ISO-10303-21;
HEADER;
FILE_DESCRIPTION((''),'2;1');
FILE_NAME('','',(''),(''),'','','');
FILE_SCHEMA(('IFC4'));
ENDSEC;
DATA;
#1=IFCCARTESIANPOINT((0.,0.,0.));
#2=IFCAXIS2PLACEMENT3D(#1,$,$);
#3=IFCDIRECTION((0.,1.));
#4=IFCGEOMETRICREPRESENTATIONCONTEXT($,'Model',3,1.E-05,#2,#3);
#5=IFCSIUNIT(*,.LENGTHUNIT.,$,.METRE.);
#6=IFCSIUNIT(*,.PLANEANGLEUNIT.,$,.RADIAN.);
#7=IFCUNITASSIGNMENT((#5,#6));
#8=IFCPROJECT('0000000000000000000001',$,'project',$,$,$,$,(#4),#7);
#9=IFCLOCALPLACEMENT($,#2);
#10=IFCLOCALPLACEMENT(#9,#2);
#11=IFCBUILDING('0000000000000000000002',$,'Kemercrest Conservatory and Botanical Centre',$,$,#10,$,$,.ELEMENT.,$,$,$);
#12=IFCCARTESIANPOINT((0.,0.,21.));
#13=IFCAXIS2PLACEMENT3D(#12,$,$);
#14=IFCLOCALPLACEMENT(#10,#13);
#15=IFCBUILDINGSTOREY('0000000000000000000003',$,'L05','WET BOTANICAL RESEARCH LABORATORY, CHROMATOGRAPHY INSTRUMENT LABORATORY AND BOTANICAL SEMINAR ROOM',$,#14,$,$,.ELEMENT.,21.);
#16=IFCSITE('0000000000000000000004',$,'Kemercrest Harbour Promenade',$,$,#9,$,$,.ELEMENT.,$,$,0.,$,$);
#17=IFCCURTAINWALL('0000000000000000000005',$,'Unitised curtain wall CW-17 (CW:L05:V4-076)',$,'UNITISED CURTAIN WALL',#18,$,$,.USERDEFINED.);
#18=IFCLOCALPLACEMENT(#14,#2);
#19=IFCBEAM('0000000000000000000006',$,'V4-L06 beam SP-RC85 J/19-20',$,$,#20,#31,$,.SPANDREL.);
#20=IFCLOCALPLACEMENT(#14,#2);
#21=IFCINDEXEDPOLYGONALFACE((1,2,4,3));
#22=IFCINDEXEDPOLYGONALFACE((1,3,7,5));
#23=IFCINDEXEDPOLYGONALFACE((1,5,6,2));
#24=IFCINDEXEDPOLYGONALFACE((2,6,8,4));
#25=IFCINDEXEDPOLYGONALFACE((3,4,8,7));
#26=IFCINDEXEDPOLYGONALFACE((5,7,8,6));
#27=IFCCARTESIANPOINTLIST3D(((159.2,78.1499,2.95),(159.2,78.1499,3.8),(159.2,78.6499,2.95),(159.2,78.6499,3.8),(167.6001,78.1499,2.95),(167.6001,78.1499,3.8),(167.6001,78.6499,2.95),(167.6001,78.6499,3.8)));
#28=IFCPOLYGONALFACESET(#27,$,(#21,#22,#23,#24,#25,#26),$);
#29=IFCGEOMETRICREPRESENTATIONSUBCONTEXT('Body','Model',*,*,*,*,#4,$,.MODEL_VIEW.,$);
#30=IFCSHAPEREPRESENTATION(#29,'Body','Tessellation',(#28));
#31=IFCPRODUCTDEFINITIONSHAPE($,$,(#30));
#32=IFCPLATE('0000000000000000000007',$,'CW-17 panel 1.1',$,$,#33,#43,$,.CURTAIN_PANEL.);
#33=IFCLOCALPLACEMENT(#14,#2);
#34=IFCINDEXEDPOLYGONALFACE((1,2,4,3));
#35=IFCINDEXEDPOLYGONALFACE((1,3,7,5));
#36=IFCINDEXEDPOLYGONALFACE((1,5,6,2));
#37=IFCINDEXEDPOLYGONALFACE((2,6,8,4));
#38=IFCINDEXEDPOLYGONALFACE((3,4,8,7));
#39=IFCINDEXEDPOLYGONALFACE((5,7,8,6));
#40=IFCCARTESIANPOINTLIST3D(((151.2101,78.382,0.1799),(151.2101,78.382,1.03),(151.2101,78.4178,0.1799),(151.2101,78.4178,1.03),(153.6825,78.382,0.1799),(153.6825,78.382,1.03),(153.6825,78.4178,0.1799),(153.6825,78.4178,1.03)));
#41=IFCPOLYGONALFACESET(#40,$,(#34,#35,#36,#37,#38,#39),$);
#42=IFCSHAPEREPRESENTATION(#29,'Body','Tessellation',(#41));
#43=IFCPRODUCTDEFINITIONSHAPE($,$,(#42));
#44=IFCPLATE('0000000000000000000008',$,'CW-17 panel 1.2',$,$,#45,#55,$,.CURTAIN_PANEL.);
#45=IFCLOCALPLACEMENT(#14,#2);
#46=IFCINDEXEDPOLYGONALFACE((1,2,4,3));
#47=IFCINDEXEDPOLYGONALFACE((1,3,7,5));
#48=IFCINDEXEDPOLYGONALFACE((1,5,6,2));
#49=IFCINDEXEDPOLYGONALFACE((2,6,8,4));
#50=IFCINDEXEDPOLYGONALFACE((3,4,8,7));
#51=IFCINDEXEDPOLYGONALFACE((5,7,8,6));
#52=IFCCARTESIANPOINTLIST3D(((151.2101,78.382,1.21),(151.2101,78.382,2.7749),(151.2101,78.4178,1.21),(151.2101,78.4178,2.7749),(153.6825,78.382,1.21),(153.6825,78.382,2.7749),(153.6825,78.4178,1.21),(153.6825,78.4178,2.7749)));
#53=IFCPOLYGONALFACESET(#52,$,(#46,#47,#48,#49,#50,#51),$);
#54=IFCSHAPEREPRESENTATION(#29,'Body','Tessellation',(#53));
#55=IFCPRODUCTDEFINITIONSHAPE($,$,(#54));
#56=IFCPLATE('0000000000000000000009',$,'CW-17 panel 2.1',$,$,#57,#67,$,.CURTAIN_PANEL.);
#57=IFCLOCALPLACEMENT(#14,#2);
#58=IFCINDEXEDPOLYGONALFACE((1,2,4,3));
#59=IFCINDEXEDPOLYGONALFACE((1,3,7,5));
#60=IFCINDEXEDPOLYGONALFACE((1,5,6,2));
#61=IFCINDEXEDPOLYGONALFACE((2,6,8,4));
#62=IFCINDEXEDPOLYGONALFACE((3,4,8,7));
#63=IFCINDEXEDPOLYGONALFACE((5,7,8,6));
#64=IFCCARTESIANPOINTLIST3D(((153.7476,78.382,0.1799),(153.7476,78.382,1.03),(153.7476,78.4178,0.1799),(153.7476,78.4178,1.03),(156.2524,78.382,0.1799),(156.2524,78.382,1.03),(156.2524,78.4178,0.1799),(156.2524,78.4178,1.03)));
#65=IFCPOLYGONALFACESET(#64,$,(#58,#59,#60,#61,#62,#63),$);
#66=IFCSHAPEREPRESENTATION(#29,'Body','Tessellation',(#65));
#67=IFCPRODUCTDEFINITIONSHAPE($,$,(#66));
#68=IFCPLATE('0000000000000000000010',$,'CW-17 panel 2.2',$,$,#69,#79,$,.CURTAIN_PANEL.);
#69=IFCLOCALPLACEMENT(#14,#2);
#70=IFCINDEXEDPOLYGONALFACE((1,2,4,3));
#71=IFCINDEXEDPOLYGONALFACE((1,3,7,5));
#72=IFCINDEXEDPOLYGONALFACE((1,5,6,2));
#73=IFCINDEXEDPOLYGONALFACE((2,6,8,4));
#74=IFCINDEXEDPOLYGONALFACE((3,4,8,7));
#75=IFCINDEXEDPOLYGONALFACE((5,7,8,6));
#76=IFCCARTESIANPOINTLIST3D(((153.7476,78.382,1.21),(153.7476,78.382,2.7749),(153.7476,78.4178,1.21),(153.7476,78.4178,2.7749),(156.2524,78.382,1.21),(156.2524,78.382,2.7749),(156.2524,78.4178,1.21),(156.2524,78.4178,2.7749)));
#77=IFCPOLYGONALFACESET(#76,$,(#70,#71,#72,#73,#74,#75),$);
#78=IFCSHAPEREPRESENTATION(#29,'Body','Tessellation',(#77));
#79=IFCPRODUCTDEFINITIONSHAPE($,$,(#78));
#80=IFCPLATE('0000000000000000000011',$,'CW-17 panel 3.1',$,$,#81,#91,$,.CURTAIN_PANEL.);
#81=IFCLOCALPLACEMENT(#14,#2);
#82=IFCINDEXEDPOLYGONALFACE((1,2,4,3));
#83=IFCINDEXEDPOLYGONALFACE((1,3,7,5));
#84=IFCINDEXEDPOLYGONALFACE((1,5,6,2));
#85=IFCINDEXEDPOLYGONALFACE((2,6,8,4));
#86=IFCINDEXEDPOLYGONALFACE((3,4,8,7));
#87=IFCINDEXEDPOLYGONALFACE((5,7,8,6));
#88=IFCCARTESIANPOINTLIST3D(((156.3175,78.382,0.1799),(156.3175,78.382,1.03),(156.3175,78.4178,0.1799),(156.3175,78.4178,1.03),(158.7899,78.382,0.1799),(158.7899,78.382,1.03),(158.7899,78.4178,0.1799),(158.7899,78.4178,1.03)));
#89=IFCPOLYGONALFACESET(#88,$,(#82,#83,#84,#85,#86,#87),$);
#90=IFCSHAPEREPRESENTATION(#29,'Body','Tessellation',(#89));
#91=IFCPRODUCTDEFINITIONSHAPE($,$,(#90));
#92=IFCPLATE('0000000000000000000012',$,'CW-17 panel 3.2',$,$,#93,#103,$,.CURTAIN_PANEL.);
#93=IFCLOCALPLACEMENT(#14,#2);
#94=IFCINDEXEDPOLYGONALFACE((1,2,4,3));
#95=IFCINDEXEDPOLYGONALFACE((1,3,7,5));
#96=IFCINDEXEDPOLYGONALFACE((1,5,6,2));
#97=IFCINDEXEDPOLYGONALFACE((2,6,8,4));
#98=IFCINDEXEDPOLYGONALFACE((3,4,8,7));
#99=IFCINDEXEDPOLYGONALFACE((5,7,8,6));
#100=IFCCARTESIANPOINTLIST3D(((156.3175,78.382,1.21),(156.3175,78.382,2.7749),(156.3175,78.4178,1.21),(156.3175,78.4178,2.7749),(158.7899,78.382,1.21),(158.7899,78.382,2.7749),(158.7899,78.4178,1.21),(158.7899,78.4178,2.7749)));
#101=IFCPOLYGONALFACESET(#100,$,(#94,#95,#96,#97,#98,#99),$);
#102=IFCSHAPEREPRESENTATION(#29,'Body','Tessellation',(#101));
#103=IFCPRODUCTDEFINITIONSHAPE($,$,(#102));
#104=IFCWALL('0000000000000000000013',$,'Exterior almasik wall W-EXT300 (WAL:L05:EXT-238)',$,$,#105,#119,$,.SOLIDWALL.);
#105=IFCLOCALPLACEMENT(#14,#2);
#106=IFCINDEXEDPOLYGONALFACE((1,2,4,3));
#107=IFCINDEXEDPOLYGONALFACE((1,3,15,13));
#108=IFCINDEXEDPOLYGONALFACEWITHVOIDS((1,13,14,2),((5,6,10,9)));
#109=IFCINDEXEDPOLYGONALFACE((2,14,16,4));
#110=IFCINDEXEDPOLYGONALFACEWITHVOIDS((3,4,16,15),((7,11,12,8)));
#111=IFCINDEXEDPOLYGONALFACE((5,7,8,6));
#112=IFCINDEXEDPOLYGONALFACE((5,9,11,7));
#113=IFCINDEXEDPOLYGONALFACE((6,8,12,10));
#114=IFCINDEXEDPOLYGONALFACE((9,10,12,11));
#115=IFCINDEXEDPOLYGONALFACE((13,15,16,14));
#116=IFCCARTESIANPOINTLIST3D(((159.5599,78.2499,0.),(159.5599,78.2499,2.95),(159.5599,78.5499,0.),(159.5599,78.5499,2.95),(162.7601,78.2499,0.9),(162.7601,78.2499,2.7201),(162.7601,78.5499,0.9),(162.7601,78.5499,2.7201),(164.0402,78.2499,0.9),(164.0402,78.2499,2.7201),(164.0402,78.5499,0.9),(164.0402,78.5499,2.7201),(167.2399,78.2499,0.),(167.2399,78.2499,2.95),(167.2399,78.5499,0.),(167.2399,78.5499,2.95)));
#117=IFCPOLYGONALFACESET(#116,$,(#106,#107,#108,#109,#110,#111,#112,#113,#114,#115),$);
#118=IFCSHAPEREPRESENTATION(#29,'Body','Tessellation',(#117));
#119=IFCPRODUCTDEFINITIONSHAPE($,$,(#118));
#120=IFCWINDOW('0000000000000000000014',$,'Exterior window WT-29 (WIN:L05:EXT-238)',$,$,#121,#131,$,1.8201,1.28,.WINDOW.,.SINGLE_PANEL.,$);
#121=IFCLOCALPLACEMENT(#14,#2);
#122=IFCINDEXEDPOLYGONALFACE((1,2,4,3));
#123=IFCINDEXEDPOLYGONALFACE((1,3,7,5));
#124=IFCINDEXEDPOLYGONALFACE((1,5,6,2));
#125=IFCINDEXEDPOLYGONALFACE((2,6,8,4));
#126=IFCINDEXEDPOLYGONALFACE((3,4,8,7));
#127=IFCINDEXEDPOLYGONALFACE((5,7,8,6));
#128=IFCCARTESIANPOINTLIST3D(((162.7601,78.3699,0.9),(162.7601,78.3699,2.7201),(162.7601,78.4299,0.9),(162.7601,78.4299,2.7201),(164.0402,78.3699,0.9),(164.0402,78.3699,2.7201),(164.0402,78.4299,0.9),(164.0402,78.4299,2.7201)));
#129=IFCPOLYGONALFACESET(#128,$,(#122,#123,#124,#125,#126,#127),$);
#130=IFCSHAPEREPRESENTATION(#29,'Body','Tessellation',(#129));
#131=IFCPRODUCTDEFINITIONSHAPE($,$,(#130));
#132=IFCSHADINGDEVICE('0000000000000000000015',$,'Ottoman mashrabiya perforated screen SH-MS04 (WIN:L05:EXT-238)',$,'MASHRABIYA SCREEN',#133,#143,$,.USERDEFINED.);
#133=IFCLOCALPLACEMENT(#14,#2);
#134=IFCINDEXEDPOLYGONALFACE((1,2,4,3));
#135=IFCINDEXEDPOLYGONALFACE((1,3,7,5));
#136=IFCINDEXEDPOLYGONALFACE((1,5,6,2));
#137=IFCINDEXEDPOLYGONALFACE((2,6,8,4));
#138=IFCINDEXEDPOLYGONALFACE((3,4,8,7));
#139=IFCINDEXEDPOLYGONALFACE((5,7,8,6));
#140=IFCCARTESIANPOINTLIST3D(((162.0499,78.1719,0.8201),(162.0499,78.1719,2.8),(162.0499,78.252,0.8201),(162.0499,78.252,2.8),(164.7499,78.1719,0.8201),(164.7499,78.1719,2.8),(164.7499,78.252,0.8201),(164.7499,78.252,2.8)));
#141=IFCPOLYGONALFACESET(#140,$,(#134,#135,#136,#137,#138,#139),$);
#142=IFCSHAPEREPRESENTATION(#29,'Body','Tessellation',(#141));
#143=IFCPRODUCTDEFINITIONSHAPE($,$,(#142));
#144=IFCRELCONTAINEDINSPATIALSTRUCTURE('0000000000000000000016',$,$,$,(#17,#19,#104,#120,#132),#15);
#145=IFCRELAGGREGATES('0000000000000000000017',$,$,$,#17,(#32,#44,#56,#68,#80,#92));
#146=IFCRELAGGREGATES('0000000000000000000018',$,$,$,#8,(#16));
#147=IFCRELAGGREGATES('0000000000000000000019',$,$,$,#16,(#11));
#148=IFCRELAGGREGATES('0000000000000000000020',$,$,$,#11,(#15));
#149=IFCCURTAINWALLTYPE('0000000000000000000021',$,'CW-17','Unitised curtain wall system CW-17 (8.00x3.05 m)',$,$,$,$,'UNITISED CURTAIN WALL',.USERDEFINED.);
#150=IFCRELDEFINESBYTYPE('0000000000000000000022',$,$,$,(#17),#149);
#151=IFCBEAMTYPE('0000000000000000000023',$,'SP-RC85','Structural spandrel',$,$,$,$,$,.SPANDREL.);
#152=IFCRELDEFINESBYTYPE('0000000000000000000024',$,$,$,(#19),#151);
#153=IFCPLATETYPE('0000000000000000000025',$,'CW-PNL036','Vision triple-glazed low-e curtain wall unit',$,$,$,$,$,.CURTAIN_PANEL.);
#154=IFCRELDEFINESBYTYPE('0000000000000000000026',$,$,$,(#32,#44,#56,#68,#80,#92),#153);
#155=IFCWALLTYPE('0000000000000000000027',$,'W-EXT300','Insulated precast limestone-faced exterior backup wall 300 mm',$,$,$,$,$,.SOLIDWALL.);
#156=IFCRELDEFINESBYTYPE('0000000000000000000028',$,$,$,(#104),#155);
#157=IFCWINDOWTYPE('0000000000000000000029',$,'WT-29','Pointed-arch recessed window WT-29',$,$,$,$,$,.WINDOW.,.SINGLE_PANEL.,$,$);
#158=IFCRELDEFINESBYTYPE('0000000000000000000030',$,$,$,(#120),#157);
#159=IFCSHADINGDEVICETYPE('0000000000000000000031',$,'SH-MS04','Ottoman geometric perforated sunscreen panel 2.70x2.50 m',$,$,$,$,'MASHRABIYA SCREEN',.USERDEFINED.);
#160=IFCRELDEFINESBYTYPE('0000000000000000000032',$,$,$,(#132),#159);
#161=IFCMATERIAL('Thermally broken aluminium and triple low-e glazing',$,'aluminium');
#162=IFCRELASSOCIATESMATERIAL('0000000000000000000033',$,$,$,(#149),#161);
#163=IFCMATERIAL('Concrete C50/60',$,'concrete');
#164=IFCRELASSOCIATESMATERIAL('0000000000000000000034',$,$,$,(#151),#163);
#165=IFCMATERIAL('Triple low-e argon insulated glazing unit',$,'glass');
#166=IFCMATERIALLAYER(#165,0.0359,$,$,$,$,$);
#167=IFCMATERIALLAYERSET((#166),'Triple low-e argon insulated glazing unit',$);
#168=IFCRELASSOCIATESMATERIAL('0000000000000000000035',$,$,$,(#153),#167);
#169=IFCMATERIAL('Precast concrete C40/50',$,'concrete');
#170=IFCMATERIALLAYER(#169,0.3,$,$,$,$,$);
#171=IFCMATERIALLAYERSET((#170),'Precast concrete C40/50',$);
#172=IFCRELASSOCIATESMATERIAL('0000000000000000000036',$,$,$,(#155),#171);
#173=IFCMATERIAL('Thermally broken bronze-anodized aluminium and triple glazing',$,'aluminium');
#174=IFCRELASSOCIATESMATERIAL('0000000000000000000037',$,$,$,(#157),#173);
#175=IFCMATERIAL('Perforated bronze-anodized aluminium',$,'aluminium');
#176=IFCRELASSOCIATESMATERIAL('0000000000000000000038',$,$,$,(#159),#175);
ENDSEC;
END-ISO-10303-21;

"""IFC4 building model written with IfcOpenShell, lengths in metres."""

from ifc_helpers import new_model, si_unit, direction, frame, frame_2d, origin, origin_2d, place, context, subcontext, project, spatial, rectangle, extrude, material, layer, layer_set, material_profile, profile_set, type_object, element, fill, aggregate, save


model = new_model("IFC4")

# Units and contexts
model_context = context("Model", 3, precision=1e-05, world=origin(), true_north=direction((0.0, 1.0)))
body_context = subcontext(model_context, "Body", "Model", "MODEL_VIEW")
ifc_project = project(units=[si_unit("LENGTHUNIT", "METRE"), si_unit("PLANEANGLEUNIT", "RADIAN")], contexts=[model_context])

# Site, building, storey
site_placement = place(None, origin())
site = spatial("IfcSite", under=ifc_project, at=site_placement, Name="Kemercrest Harbour Promenade", CompositionType="ELEMENT", RefElevation=0.0)
building_placement = place(site_placement, origin())
building = spatial("IfcBuilding", under=site, at=building_placement, Name="Kemercrest Conservatory and Botanical Centre", CompositionType="ELEMENT")
storey_placement = place(building_placement, frame((0.0, 0.0, 21.0)))
storey = spatial("IfcBuildingStorey", under=building, at=storey_placement, Name="L05", Description="WET BOTANICAL RESEARCH LABORATORY, CHROMATOGRAPHY INSTRUMENT LABORATORY AND BOTANICAL SEMINAR ROOM", CompositionType="ELEMENT", Elevation=21.0)

# Shared definitions
ifc_material_1 = material(Name="Concrete C50/60", Category="concrete")

# Curtain wall
ifc_material_2 = material(Name="Thermally broken aluminium and triple low-e glazing", Category="aluminium")
curtain_wall_type = type_object("IfcCurtainWallType", Name="CW-17", Description="Unitised curtain wall system CW-17 (8.00x3.05 m)", ElementType="UNITISED CURTAIN WALL", PredefinedType="USERDEFINED", material=ifc_material_2)
curtain_wall_placement = place(storey_placement, origin())
curtain_wall = element("IfcCurtainWall", 1, at=curtain_wall_placement, inside=storey, type_object=curtain_wall_type, Name="Unitised curtain wall CW-17 (CW:L05:V4-076)", ObjectType="UNITISED CURTAIN WALL", PredefinedType="USERDEFINED")

# Beam
ifc_material_profile_1 = material_profile(ifc_material_1, rectangle(XDim=0.5, YDim=0.8501, at=origin_2d()), Name="RC 500x850")
ifc_profile_set_1 = profile_set([ifc_material_profile_1], Name="Concrete C50/60")
beam_type_1 = type_object("IfcBeamType", Name="SP-RC85", Description="Structural spandrel", PredefinedType="SPANDREL", material=ifc_profile_set_1)
beam_1_placement = place(storey_placement, frame((159.2, 78.3999, 3.375), z_axis=(1.0, 0.0, 0.0), x_axis=(0.0, 1.0, 0.0)))
element("IfcBeam", 2, at=beam_1_placement, inside=storey, type_object=beam_type_1, Name="V4-L06 beam SP-RC85 J/19-20", PredefinedType="SPANDREL", context=body_context, shape_type="SweptSolid", body=[
    extrude(rectangle(XDim=0.5, YDim=0.8501, at=origin_2d()), origin(), (0.0, 0.0, 1.0), 8.4001),
])

# Plates
ifc_material_3 = material(Name="Triple low-e argon insulated glazing unit", Category="glass")
ifc_layer_1 = layer(ifc_material_3, 0.0359)
ifc_layer_set_1 = layer_set([ifc_layer_1], Name="Triple low-e argon insulated glazing unit")
plate_type = type_object("IfcPlateType", Name="CW-PNL036", Description="Vision triple-glazed low-e curtain wall unit", PredefinedType="CURTAIN_PANEL", material=ifc_layer_set_1)
plate_1_placement = place(storey_placement, frame((152.4463, 78.3999, 0.1799), z_axis=(0.0, 0.0, 1.0), x_axis=(1.0, 0.0, 0.0)))
plate_1 = element("IfcPlate", 3, at=plate_1_placement, type_object=plate_type, Name="CW-17 panel 1.1", PredefinedType="CURTAIN_PANEL", context=body_context, shape_type="SweptSolid", body=[
    extrude(rectangle(XDim=2.4724, YDim=0.0359, at=origin_2d()), origin(), (0.0, 0.0, 1.0), 0.8501),
])
plate_2_placement = place(storey_placement, frame((152.4463, 78.3999, 1.21), z_axis=(0.0, 0.0, 1.0), x_axis=(1.0, 0.0, 0.0)))
plate_2 = element("IfcPlate", 4, at=plate_2_placement, type_object=plate_type, Name="CW-17 panel 1.2", PredefinedType="CURTAIN_PANEL", context=body_context, shape_type="SweptSolid", body=[
    extrude(rectangle(XDim=2.4724, YDim=0.0359, at=origin_2d()), origin(), (0.0, 0.0, 1.0), 1.5649),
])
plate_3_placement = place(storey_placement, frame((155.0, 78.3999, 0.1799), z_axis=(0.0, 0.0, 1.0), x_axis=(1.0, 0.0, 0.0)))
plate_3 = element("IfcPlate", 5, at=plate_3_placement, type_object=plate_type, Name="CW-17 panel 2.1", PredefinedType="CURTAIN_PANEL", context=body_context, shape_type="SweptSolid", body=[
    extrude(rectangle(XDim=2.5049, YDim=0.0359, at=origin_2d()), origin(), (0.0, 0.0, 1.0), 0.8501),
])
plate_4_placement = place(storey_placement, frame((155.0, 78.3999, 1.21), z_axis=(0.0, 0.0, 1.0), x_axis=(1.0, 0.0, 0.0)))
plate_4 = element("IfcPlate", 6, at=plate_4_placement, type_object=plate_type, Name="CW-17 panel 2.2", PredefinedType="CURTAIN_PANEL", context=body_context, shape_type="SweptSolid", body=[
    extrude(rectangle(XDim=2.5049, YDim=0.0359, at=origin_2d()), origin(), (0.0, 0.0, 1.0), 1.5649),
])
plate_5_placement = place(storey_placement, frame((157.5537, 78.3999, 0.1799), z_axis=(0.0, 0.0, 1.0), x_axis=(1.0, 0.0, 0.0)))
plate_5 = element("IfcPlate", 7, at=plate_5_placement, type_object=plate_type, Name="CW-17 panel 3.1", PredefinedType="CURTAIN_PANEL", context=body_context, shape_type="SweptSolid", body=[
    extrude(rectangle(XDim=2.4724, YDim=0.0359, at=origin_2d()), origin(), (0.0, 0.0, 1.0), 0.8501),
])
plate_6_placement = place(storey_placement, frame((157.5537, 78.3999, 1.21), z_axis=(0.0, 0.0, 1.0), x_axis=(1.0, 0.0, 0.0)))
plate_6 = element("IfcPlate", 8, at=plate_6_placement, type_object=plate_type, Name="CW-17 panel 3.2", PredefinedType="CURTAIN_PANEL", context=body_context, shape_type="SweptSolid", body=[
    extrude(rectangle(XDim=2.4724, YDim=0.0359, at=origin_2d()), origin(), (0.0, 0.0, 1.0), 1.5649),
])
aggregate(curtain_wall, [plate_1, plate_2, plate_3, plate_4, plate_5, plate_6])

# Wall, opening, window
ifc_material_4 = material(Name="Precast concrete C40/50", Category="concrete")
ifc_layer_2 = layer(ifc_material_4, 0.3)
ifc_layer_set_2 = layer_set([ifc_layer_2], Name="Precast concrete C40/50")
wall_type = type_object("IfcWallType", Name="W-EXT300", Description="Insulated precast limestone-faced exterior backup wall 300 mm", PredefinedType="SOLIDWALL", material=ifc_layer_set_2)
wall_placement = place(storey_placement, frame((159.5601, 78.3999, 0.0), z_axis=(0.0, 0.0, 1.0), x_axis=(1.0, 0.0, 0.0)))
wall = element("IfcWall", 9, at=wall_placement, inside=storey, type_object=wall_type, Name="Exterior almasik wall W-EXT300 (WAL:L05:EXT-238)", PredefinedType="SOLIDWALL", context=body_context, shape_type="SweptSolid", body=[
    extrude(rectangle(XDim=7.6799, YDim=0.3, at=frame_2d((3.8398, 0.0))), origin(), (0.0, 0.0, 1.0), 2.95),
])
opening_placement = place(wall_placement, frame((3.2, 0.0, 0.8999)))
opening = element("IfcOpeningElement", 10, at=opening_placement, cuts=wall, PredefinedType="OPENING", context=body_context, shape_type="SweptSolid", body=[
    extrude(rectangle(XDim=1.28, YDim=1.8201, at=frame_2d((0.6401, 0.9102))), frame((0.0, 0.1602, 0.0), z_axis=(0.0, -1.0, 0.0), x_axis=(1.0, 0.0, 0.0)), (0.0, 0.0, 1.0), 0.3201),
])
ifc_material_5 = material(Name="Thermally broken bronze-anodized aluminium and triple glazing", Category="aluminium")
window_type = type_object("IfcWindowType", Name="WT-29", Description="Pointed-arch recessed window WT-29", PartitioningType="SINGLE_PANEL", PredefinedType="WINDOW", material=ifc_material_5)
window_placement = place(opening_placement, origin())
window = element("IfcWindow", 11, at=window_placement, inside=storey, type_object=window_type, Name="Exterior window WT-29 (WIN:L05:EXT-238)", OverallHeight=1.8201, OverallWidth=1.28, PartitioningType="SINGLE_PANEL", PredefinedType="WINDOW", context=body_context, shape_type="SweptSolid", body=[
    extrude(rectangle(XDim=1.28, YDim=1.8201, at=frame_2d((0.6401, 0.9102))), frame((0.0, 0.03, 0.0), z_axis=(0.0, -1.0, 0.0), x_axis=(1.0, 0.0, 0.0)), (0.0, 0.0, 1.0), 0.0601),
])
fill(opening, window)

# Shading device
ifc_material_6 = material(Name="Perforated bronze-anodized aluminium", Category="aluminium")
shading_device_type = type_object("IfcShadingDeviceType", Name="SH-MS04", Description="Ottoman geometric perforated sunscreen panel 2.70x2.50 m", ElementType="MASHRABIYA SCREEN", PredefinedType="USERDEFINED", material=ifc_material_6)
shading_device_placement = place(storey_placement, frame((163.3999, 78.2119, 0.8201), z_axis=(0.0, 0.0, 1.0), x_axis=(1.0, 0.0, 0.0)))
element("IfcShadingDevice", 12, at=shading_device_placement, inside=storey, type_object=shading_device_type, Name="Ottoman mashrabiya perforated screen SH-MS04 (WIN:L05:EXT-238)", ObjectType="MASHRABIYA SCREEN", PredefinedType="USERDEFINED", context=body_context, shape_type="SweptSolid", body=[
    extrude(rectangle(XDim=2.7, YDim=0.0801, at=origin_2d()), origin(), (0.0, 0.0, 1.0), 1.98),
])

save(model, "model.ifc")
